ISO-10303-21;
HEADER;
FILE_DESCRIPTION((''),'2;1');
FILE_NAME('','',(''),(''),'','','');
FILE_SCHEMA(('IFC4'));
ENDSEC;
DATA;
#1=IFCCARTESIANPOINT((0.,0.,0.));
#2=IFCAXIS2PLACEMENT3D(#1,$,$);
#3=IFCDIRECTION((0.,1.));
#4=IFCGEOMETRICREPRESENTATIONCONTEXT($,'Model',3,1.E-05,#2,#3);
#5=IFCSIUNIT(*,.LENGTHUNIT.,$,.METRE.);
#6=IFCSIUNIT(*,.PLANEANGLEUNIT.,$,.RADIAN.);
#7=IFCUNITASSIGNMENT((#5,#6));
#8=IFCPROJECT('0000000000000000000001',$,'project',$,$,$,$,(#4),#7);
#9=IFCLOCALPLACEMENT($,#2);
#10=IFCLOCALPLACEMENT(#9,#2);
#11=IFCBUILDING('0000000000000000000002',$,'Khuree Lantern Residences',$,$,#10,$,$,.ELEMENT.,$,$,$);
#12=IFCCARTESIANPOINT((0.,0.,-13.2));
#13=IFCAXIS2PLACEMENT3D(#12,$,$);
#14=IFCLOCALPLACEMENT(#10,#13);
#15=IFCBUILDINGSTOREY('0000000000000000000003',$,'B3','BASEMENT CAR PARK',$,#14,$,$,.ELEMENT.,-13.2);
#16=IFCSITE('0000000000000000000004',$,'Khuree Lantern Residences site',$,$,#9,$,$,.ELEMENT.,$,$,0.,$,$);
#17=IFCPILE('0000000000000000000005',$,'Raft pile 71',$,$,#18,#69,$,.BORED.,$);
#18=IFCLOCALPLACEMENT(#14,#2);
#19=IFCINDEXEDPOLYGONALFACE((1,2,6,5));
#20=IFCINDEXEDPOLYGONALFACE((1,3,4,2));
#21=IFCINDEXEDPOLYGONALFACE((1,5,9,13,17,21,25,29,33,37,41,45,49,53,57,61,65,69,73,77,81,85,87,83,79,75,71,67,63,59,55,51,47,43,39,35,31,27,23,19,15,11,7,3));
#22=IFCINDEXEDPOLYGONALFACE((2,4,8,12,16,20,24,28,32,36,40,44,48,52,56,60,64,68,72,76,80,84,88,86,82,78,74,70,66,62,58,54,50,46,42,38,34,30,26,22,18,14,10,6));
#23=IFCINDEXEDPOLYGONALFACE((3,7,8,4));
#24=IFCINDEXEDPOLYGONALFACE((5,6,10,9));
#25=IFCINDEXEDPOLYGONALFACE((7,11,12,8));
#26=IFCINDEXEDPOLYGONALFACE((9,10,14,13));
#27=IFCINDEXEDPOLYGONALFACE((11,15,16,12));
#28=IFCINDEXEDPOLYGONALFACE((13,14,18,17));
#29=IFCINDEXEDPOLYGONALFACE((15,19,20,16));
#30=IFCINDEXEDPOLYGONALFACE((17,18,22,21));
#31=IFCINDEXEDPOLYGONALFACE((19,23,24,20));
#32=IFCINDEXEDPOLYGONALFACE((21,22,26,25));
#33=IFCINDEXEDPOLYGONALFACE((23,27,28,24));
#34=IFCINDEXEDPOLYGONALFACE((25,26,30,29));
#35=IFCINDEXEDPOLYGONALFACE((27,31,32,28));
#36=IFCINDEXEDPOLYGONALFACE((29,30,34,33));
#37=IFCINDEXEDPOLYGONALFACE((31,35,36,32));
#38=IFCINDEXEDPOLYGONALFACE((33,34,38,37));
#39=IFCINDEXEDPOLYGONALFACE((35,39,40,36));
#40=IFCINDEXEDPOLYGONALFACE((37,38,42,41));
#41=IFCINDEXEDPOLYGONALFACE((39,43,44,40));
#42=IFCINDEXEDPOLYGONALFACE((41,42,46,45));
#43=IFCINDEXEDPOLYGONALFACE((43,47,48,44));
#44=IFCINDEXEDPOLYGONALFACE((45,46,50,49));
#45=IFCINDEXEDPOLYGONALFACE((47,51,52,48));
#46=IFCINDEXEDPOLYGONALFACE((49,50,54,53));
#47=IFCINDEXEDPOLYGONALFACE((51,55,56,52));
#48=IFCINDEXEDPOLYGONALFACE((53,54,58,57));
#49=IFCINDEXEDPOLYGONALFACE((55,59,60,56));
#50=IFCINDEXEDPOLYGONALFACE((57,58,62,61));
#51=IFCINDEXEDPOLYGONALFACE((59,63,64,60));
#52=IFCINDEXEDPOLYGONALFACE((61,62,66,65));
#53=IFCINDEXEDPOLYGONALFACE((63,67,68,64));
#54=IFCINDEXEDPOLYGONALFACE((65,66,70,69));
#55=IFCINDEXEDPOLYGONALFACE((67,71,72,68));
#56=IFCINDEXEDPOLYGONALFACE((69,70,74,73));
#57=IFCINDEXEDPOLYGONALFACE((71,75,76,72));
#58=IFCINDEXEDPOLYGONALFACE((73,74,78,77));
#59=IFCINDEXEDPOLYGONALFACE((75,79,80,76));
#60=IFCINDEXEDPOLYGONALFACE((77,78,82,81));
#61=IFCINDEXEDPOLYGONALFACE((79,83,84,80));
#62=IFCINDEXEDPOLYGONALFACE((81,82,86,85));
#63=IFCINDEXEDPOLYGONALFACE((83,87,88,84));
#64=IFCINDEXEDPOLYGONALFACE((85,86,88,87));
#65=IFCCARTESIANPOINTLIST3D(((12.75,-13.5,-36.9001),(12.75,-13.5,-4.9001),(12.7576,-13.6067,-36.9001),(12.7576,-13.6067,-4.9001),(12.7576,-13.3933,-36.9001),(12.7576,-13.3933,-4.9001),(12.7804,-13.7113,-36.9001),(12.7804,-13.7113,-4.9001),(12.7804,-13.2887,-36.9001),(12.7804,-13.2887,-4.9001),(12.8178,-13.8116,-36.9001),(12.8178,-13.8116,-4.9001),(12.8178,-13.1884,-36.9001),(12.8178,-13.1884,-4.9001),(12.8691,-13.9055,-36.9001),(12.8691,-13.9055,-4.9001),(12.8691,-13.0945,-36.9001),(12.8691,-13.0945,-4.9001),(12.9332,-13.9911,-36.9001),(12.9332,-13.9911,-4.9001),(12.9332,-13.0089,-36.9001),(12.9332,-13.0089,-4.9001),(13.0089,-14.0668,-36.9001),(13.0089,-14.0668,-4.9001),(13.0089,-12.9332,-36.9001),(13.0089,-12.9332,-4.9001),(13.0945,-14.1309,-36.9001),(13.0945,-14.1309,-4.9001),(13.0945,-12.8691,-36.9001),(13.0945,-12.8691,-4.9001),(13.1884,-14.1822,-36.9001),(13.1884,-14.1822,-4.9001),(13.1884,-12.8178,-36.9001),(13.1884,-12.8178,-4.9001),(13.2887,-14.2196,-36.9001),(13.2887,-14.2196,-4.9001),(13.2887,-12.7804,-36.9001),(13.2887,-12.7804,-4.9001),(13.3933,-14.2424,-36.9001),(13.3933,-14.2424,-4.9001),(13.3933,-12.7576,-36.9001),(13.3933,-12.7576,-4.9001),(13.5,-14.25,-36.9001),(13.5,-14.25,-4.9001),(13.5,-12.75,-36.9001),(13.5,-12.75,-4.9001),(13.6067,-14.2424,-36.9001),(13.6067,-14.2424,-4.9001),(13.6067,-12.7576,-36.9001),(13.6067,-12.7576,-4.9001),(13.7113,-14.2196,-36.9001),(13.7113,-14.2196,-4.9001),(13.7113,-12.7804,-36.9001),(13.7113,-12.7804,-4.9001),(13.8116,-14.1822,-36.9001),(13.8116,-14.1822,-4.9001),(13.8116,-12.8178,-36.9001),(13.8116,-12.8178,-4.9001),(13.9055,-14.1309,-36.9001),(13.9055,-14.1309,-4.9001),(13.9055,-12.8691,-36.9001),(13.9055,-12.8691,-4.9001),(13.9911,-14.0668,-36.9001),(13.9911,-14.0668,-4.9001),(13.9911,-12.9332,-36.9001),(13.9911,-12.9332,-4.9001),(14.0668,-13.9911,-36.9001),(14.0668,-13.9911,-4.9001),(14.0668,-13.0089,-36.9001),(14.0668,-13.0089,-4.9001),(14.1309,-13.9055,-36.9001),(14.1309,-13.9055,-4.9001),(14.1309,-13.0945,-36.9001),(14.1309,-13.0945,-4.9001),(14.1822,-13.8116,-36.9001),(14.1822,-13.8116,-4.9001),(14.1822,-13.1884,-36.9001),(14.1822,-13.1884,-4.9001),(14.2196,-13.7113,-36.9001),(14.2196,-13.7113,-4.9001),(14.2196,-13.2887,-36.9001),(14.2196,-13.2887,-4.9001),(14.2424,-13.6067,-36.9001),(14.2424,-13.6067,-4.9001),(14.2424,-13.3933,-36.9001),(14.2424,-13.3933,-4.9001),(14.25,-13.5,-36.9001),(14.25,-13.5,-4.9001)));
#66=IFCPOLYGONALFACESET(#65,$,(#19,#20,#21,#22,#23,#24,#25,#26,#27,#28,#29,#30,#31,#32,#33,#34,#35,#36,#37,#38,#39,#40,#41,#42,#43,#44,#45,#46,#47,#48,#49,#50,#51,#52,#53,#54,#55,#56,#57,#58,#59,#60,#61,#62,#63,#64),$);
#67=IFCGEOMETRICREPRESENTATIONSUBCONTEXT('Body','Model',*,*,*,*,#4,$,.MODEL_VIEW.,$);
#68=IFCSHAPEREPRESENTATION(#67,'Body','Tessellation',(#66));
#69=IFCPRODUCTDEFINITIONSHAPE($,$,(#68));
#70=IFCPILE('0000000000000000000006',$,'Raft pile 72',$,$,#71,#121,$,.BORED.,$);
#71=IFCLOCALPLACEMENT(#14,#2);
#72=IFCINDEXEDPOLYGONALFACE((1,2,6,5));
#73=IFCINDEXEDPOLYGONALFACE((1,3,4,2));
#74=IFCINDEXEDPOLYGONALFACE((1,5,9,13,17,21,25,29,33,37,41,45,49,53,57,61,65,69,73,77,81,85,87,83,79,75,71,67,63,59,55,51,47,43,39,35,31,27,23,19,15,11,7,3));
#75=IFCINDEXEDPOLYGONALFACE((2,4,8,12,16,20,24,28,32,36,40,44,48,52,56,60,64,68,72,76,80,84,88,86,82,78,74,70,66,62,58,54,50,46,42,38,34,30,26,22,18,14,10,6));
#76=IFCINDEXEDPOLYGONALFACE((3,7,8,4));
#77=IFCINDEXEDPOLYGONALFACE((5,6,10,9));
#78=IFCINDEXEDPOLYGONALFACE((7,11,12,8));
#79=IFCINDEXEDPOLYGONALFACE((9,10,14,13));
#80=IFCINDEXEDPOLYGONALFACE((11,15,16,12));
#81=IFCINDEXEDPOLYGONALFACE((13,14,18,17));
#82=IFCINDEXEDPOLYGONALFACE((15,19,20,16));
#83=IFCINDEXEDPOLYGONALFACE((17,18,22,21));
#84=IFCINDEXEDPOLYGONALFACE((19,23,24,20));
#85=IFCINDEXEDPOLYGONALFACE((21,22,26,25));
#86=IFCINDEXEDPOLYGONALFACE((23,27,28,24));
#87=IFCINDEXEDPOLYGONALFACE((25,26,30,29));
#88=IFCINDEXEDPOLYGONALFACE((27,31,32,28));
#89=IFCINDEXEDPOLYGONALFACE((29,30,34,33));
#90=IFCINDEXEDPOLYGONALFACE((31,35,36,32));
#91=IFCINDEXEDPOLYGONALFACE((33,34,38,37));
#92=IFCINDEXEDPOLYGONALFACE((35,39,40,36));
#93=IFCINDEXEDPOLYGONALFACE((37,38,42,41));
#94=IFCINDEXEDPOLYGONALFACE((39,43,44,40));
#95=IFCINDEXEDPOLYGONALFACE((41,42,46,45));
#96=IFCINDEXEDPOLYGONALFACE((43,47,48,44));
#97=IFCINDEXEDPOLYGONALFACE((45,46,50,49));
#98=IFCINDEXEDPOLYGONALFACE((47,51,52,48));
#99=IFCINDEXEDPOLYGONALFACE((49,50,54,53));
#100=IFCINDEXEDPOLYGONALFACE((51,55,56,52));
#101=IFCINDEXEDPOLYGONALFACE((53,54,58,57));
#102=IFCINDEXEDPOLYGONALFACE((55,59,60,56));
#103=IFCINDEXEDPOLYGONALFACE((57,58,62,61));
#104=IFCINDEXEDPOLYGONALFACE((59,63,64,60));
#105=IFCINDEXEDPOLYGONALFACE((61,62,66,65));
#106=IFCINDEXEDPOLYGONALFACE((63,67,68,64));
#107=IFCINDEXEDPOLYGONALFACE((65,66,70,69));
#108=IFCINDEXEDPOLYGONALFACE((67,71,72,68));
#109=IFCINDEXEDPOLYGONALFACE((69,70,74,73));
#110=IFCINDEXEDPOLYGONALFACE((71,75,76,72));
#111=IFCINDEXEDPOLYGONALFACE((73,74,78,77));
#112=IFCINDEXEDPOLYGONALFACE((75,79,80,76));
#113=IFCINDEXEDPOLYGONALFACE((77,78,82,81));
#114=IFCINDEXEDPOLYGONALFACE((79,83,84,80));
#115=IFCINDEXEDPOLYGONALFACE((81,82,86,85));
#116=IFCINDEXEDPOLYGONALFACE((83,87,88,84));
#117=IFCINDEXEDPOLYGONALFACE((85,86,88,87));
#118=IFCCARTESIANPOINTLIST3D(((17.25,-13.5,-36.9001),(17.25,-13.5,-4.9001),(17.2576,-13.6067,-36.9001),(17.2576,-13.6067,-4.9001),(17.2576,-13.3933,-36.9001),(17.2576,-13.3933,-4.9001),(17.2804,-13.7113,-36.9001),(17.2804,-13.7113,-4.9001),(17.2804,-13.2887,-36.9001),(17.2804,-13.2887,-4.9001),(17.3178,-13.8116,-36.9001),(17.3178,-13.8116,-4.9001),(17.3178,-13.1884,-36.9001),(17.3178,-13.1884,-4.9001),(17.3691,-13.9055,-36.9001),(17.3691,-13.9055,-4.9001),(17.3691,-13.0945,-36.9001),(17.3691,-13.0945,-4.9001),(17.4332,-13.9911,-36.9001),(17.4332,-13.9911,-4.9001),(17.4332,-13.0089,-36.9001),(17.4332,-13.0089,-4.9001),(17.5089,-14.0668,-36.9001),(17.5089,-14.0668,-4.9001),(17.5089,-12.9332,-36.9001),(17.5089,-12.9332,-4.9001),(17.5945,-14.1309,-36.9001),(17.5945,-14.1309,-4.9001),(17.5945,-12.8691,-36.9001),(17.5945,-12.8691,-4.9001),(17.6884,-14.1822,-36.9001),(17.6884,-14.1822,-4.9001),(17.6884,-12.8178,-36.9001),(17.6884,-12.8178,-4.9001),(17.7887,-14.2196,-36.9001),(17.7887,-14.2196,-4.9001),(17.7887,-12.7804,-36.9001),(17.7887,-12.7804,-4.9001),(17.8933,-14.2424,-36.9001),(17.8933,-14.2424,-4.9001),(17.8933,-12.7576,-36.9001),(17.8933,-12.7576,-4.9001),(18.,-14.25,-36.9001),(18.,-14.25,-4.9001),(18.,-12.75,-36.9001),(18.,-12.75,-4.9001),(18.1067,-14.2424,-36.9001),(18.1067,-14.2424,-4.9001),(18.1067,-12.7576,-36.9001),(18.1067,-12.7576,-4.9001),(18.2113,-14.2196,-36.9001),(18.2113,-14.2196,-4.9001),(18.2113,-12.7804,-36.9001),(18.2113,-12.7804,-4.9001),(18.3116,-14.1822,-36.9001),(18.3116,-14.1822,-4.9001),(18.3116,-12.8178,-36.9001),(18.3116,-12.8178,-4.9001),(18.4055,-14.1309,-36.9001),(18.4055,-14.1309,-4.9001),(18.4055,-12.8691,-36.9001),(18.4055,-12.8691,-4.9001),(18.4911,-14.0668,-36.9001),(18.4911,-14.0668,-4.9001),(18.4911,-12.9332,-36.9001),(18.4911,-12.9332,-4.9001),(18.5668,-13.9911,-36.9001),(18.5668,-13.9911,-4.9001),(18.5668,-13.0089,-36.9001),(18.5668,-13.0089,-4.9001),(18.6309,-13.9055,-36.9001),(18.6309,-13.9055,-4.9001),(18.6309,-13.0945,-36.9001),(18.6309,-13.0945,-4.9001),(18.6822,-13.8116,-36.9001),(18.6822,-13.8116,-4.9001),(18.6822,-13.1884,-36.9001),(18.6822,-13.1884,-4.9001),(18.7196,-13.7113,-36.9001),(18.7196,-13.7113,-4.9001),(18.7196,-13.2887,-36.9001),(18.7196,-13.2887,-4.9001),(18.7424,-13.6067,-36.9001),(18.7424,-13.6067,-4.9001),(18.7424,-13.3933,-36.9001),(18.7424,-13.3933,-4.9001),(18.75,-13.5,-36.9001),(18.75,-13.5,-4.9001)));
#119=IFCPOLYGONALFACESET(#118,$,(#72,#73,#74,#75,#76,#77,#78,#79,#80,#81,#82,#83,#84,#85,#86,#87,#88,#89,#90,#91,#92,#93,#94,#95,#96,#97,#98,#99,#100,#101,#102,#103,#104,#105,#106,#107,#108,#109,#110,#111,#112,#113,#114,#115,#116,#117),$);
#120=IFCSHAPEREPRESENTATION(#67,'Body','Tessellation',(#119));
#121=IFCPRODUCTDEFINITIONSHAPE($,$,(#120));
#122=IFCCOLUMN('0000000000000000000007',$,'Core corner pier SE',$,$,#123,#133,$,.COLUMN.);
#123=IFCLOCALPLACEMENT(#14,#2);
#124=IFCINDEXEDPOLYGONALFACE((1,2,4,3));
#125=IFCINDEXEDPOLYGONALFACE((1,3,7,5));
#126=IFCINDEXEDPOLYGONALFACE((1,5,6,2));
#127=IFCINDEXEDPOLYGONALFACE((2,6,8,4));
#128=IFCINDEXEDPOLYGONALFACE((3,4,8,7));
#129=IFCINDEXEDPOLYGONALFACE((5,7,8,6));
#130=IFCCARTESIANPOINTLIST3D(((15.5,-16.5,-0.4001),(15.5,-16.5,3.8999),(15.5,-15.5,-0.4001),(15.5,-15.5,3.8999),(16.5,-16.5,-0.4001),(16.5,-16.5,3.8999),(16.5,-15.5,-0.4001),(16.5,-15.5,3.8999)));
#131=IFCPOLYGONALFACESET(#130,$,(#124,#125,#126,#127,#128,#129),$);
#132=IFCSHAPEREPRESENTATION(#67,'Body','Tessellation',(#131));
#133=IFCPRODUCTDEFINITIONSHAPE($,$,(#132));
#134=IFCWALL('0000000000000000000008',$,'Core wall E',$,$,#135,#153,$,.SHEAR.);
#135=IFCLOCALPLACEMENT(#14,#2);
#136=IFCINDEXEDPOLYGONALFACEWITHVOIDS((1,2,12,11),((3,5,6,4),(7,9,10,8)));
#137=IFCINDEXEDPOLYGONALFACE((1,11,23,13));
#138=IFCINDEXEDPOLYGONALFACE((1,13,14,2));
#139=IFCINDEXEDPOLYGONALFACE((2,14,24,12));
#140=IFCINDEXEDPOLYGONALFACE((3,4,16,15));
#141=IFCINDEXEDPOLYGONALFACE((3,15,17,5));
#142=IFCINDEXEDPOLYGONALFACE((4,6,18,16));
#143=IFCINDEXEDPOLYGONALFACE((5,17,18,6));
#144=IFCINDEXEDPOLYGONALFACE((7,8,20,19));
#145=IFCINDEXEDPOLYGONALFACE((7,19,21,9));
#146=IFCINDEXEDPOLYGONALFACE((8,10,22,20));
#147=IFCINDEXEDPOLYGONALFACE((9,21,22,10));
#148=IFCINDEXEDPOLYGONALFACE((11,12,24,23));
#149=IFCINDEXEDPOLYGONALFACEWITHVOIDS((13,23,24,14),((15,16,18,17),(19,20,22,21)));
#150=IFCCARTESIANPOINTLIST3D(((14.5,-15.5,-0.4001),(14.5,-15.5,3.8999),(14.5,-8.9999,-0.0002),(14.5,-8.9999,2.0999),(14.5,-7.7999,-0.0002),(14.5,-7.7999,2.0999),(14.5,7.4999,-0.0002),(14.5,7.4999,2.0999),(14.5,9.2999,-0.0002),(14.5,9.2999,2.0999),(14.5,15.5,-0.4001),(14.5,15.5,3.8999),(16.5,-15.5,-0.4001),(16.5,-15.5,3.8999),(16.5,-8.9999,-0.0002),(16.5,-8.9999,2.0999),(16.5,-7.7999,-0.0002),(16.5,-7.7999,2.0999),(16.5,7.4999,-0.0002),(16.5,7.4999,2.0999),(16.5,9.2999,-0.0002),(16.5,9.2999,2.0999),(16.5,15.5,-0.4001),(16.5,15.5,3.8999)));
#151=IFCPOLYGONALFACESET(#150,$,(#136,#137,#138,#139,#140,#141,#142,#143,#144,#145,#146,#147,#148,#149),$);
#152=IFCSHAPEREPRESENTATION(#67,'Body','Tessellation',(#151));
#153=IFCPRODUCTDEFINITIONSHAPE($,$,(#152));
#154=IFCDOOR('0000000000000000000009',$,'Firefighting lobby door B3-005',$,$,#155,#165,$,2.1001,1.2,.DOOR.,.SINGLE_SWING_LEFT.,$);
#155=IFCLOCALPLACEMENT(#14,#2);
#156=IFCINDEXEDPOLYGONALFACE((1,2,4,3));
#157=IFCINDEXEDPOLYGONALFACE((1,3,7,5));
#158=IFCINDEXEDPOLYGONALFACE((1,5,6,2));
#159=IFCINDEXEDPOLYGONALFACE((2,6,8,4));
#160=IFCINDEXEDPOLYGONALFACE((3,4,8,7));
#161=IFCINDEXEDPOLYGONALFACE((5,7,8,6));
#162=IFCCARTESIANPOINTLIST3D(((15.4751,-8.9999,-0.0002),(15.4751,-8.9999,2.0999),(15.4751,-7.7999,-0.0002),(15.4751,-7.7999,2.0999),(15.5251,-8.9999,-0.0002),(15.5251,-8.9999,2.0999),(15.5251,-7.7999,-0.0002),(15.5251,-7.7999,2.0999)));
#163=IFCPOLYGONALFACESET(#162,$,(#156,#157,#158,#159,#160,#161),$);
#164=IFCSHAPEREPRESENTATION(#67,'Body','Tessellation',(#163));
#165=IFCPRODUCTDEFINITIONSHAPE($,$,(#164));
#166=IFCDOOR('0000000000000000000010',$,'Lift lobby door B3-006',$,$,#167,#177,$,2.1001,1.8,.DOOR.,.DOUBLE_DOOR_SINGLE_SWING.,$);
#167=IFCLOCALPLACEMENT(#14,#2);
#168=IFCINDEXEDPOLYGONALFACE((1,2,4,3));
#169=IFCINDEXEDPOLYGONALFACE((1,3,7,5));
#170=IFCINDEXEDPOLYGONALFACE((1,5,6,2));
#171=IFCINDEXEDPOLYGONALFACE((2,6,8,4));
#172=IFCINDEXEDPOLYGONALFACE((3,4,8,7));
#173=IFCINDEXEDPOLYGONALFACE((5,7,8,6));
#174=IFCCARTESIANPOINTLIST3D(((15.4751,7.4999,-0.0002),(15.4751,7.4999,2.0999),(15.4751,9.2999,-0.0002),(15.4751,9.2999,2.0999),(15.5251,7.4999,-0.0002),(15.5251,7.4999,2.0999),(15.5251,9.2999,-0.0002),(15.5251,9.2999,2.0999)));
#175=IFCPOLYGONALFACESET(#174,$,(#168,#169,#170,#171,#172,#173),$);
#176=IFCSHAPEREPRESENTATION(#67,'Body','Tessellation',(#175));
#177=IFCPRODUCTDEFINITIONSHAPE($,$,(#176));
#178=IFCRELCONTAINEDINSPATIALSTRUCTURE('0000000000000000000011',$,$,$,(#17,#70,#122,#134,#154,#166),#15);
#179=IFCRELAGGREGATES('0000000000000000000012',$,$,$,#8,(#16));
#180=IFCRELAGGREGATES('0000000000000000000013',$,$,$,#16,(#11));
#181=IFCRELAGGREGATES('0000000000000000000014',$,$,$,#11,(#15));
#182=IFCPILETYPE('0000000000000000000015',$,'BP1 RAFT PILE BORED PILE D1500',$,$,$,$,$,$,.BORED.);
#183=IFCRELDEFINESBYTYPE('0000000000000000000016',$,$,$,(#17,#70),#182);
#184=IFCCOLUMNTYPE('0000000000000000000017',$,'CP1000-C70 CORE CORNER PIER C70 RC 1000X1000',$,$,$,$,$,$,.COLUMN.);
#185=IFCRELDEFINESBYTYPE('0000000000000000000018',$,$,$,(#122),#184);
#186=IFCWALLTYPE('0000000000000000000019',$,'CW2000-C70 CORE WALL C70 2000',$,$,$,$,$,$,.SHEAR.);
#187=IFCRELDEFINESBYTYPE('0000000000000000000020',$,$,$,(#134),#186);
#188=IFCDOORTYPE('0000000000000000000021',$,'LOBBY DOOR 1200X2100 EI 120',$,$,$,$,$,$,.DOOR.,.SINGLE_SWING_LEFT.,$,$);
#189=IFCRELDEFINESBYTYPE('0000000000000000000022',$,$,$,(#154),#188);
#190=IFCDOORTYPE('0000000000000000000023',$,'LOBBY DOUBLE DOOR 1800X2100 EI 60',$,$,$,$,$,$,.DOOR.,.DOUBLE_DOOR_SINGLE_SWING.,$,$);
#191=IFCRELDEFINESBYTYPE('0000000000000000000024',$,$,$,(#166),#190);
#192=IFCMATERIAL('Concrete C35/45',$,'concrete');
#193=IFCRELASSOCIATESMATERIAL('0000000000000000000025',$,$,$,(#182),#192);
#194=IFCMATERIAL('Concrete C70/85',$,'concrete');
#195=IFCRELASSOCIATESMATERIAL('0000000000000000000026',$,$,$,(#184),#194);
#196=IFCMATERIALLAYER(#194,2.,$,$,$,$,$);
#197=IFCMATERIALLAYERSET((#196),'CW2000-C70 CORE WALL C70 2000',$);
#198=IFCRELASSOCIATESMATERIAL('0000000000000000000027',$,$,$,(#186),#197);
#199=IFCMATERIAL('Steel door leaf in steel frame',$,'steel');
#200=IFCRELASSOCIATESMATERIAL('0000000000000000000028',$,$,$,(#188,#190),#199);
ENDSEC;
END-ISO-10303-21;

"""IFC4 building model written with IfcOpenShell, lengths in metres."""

from ifc_helpers import new_model, si_unit, direction, frame, frame_2d, origin, origin_2d, place, context, subcontext, project, spatial, rectangle, circle, extrude, material, layer, layer_set, material_profile, profile_set, type_object, element, fill, save


model = new_model("IFC4")

# Units and contexts
model_context = context("Model", 3, precision=1e-05, world=origin(), true_north=direction((0.0, 1.0)))
body_context = subcontext(model_context, "Body", "Model", "MODEL_VIEW")
ifc_project = project(units=[si_unit("LENGTHUNIT", "METRE"), si_unit("PLANEANGLEUNIT", "RADIAN")], contexts=[model_context])

# Site, building, storey
site_placement = place(None, origin())
site = spatial("IfcSite", under=ifc_project, at=site_placement, Name="Khuree Lantern Residences site", CompositionType="ELEMENT", RefElevation=0.0)
building_placement = place(site_placement, origin())
building = spatial("IfcBuilding", under=site, at=building_placement, Name="Khuree Lantern Residences", CompositionType="ELEMENT")
storey_placement = place(building_placement, frame((0.0, 0.0, -13.2)))
storey = spatial("IfcBuildingStorey", under=building, at=storey_placement, Name="B3", Description="BASEMENT CAR PARK", CompositionType="ELEMENT", Elevation=-13.2)

# Piles
ifc_material_1 = material(Name="Concrete C35/45", Category="concrete")
ifc_material_profile_1 = material_profile(ifc_material_1, circle(Radius=0.75, at=origin_2d()), Name="BORED PILE D1500")
ifc_profile_set_1 = profile_set([ifc_material_profile_1], Name="Concrete C35/45")
pile_type = type_object("IfcPileType", Name="BP1 RAFT PILE BORED PILE D1500", PredefinedType="BORED", material=ifc_profile_set_1)
for number, where, z_axis, x_axis, name in (
    (1, (13.5, -13.5, -4.9001), (0.0, 0.0, -1.0), (1.0, 0.0, 0.0), "Raft pile 71"),
    (2, (18.0, -13.5, -4.9001), (0.0, 0.0, -1.0), (1.0, 0.0, 0.0), "Raft pile 72"),
):
    element("IfcPile", number, at=place(storey_placement, frame(where, z_axis=z_axis, x_axis=x_axis)), inside=storey, type_object=pile_type, Name=name, PredefinedType="BORED", context=body_context, shape_type="SweptSolid", body=[
        extrude(circle(Radius=0.75, at=origin_2d()), origin(), (0.0, 0.0, 1.0), 32.0),
    ])

# Column
ifc_material_2 = material(Name="Concrete C70/85", Category="concrete")
ifc_material_profile_2 = material_profile(ifc_material_2, rectangle(XDim=1.0, YDim=1.0, at=origin_2d()), Name="RC 1000X1000")
ifc_profile_set_2 = profile_set([ifc_material_profile_2], Name="Concrete C70/85")
column_type = type_object("IfcColumnType", Name="CP1000-C70 CORE CORNER PIER C70 RC 1000X1000", PredefinedType="COLUMN", material=ifc_profile_set_2)
column_placement = place(storey_placement, frame((16.0, -16.0, -0.4001), z_axis=(0.0, 0.0, 1.0), x_axis=(1.0, 0.0, 0.0)))
element("IfcColumn", 3, at=column_placement, inside=storey, type_object=column_type, Name="Core corner pier SE", PredefinedType="COLUMN", context=body_context, shape_type="SweptSolid", body=[
    extrude(rectangle(XDim=1.0, YDim=1.0, at=origin_2d()), origin(), (0.0, 0.0, 1.0), 4.3),
])

# Wall, openings, doors
ifc_layer = layer(ifc_material_2, 2.0)
ifc_layer_set = layer_set([ifc_layer], Name="CW2000-C70 CORE WALL C70 2000")
wall_type = type_object("IfcWallType", Name="CW2000-C70 CORE WALL C70 2000", PredefinedType="SHEAR", material=ifc_layer_set)
wall_placement = place(storey_placement, frame((15.5, -15.5, -0.4001), z_axis=(0.0, 0.0, 1.0), x_axis=(0.0, 1.0, 0.0)))
wall = element("IfcWall", 4, at=wall_placement, inside=storey, type_object=wall_type, Name="Core wall E", PredefinedType="SHEAR", context=body_context, shape_type="SweptSolid", body=[
    extrude(rectangle(XDim=31.0, YDim=2.0, at=frame_2d((15.5, 0.0))), origin(), (0.0, 0.0, 1.0), 4.3),
])
opening_1_placement = place(wall_placement, frame((6.5, 0.0, 0.3999)))
opening_1 = element("IfcOpeningElement", 5, at=opening_1_placement, cuts=wall, PredefinedType="OPENING", context=body_context, shape_type="SweptSolid", body=[
    extrude(rectangle(XDim=1.2, YDim=2.1001, at=frame_2d((0.6001, 1.05))), frame((0.0, 1.01, 0.0), z_axis=(0.0, -1.0, 0.0), x_axis=(1.0, 0.0, 0.0)), (0.0, 0.0, 1.0), 2.02),
])
opening_2_placement = place(wall_placement, frame((23.0, 0.0, 0.3999)))
opening_2 = element("IfcOpeningElement", 6, at=opening_2_placement, cuts=wall, PredefinedType="OPENING", context=body_context, shape_type="SweptSolid", body=[
    extrude(rectangle(XDim=1.8, YDim=2.1001, at=frame_2d((0.8999, 1.05))), frame((0.0, 1.01, 0.0), z_axis=(0.0, -1.0, 0.0), x_axis=(1.0, 0.0, 0.0)), (0.0, 0.0, 1.0), 2.02),
])
ifc_material_3 = material(Name="Steel door leaf in steel frame", Category="steel")
door_type_1 = type_object("IfcDoorType", Name="LOBBY DOOR 1200X2100 EI 120", OperationType="SINGLE_SWING_LEFT", PredefinedType="DOOR", material=ifc_material_3)
door_1_placement = place(opening_1_placement, origin())
door_1 = element("IfcDoor", 7, at=door_1_placement, inside=storey, type_object=door_type_1, Name="Firefighting lobby door B3-005", OperationType="SINGLE_SWING_LEFT", OverallHeight=2.1001, OverallWidth=1.2, PredefinedType="DOOR", context=body_context, shape_type="SweptSolid", body=[
    extrude(rectangle(XDim=1.2, YDim=2.1001, at=frame_2d((0.6001, 1.05))), frame((0.0, 0.0249, 0.0), z_axis=(0.0, -1.0, 0.0), x_axis=(1.0, 0.0, 0.0)), (0.0, 0.0, 1.0), 0.05),
])
fill(opening_1, door_1)
door_type_2 = type_object("IfcDoorType", Name="LOBBY DOUBLE DOOR 1800X2100 EI 60", OperationType="DOUBLE_DOOR_SINGLE_SWING", PredefinedType="DOOR", material=ifc_material_3)
door_2_placement = place(opening_2_placement, origin())
door_2 = element("IfcDoor", 8, at=door_2_placement, inside=storey, type_object=door_type_2, Name="Lift lobby door B3-006", OperationType="DOUBLE_DOOR_SINGLE_SWING", OverallHeight=2.1001, OverallWidth=1.8, PredefinedType="DOOR", context=body_context, shape_type="SweptSolid", body=[
    extrude(rectangle(XDim=1.8, YDim=2.1001, at=frame_2d((0.8999, 1.05))), frame((0.0, 0.0249, 0.0), z_axis=(0.0, -1.0, 0.0), x_axis=(1.0, 0.0, 0.0)), (0.0, 0.0, 1.0), 0.05),
])
fill(opening_2, door_2)

save(model, "model.ifc")
